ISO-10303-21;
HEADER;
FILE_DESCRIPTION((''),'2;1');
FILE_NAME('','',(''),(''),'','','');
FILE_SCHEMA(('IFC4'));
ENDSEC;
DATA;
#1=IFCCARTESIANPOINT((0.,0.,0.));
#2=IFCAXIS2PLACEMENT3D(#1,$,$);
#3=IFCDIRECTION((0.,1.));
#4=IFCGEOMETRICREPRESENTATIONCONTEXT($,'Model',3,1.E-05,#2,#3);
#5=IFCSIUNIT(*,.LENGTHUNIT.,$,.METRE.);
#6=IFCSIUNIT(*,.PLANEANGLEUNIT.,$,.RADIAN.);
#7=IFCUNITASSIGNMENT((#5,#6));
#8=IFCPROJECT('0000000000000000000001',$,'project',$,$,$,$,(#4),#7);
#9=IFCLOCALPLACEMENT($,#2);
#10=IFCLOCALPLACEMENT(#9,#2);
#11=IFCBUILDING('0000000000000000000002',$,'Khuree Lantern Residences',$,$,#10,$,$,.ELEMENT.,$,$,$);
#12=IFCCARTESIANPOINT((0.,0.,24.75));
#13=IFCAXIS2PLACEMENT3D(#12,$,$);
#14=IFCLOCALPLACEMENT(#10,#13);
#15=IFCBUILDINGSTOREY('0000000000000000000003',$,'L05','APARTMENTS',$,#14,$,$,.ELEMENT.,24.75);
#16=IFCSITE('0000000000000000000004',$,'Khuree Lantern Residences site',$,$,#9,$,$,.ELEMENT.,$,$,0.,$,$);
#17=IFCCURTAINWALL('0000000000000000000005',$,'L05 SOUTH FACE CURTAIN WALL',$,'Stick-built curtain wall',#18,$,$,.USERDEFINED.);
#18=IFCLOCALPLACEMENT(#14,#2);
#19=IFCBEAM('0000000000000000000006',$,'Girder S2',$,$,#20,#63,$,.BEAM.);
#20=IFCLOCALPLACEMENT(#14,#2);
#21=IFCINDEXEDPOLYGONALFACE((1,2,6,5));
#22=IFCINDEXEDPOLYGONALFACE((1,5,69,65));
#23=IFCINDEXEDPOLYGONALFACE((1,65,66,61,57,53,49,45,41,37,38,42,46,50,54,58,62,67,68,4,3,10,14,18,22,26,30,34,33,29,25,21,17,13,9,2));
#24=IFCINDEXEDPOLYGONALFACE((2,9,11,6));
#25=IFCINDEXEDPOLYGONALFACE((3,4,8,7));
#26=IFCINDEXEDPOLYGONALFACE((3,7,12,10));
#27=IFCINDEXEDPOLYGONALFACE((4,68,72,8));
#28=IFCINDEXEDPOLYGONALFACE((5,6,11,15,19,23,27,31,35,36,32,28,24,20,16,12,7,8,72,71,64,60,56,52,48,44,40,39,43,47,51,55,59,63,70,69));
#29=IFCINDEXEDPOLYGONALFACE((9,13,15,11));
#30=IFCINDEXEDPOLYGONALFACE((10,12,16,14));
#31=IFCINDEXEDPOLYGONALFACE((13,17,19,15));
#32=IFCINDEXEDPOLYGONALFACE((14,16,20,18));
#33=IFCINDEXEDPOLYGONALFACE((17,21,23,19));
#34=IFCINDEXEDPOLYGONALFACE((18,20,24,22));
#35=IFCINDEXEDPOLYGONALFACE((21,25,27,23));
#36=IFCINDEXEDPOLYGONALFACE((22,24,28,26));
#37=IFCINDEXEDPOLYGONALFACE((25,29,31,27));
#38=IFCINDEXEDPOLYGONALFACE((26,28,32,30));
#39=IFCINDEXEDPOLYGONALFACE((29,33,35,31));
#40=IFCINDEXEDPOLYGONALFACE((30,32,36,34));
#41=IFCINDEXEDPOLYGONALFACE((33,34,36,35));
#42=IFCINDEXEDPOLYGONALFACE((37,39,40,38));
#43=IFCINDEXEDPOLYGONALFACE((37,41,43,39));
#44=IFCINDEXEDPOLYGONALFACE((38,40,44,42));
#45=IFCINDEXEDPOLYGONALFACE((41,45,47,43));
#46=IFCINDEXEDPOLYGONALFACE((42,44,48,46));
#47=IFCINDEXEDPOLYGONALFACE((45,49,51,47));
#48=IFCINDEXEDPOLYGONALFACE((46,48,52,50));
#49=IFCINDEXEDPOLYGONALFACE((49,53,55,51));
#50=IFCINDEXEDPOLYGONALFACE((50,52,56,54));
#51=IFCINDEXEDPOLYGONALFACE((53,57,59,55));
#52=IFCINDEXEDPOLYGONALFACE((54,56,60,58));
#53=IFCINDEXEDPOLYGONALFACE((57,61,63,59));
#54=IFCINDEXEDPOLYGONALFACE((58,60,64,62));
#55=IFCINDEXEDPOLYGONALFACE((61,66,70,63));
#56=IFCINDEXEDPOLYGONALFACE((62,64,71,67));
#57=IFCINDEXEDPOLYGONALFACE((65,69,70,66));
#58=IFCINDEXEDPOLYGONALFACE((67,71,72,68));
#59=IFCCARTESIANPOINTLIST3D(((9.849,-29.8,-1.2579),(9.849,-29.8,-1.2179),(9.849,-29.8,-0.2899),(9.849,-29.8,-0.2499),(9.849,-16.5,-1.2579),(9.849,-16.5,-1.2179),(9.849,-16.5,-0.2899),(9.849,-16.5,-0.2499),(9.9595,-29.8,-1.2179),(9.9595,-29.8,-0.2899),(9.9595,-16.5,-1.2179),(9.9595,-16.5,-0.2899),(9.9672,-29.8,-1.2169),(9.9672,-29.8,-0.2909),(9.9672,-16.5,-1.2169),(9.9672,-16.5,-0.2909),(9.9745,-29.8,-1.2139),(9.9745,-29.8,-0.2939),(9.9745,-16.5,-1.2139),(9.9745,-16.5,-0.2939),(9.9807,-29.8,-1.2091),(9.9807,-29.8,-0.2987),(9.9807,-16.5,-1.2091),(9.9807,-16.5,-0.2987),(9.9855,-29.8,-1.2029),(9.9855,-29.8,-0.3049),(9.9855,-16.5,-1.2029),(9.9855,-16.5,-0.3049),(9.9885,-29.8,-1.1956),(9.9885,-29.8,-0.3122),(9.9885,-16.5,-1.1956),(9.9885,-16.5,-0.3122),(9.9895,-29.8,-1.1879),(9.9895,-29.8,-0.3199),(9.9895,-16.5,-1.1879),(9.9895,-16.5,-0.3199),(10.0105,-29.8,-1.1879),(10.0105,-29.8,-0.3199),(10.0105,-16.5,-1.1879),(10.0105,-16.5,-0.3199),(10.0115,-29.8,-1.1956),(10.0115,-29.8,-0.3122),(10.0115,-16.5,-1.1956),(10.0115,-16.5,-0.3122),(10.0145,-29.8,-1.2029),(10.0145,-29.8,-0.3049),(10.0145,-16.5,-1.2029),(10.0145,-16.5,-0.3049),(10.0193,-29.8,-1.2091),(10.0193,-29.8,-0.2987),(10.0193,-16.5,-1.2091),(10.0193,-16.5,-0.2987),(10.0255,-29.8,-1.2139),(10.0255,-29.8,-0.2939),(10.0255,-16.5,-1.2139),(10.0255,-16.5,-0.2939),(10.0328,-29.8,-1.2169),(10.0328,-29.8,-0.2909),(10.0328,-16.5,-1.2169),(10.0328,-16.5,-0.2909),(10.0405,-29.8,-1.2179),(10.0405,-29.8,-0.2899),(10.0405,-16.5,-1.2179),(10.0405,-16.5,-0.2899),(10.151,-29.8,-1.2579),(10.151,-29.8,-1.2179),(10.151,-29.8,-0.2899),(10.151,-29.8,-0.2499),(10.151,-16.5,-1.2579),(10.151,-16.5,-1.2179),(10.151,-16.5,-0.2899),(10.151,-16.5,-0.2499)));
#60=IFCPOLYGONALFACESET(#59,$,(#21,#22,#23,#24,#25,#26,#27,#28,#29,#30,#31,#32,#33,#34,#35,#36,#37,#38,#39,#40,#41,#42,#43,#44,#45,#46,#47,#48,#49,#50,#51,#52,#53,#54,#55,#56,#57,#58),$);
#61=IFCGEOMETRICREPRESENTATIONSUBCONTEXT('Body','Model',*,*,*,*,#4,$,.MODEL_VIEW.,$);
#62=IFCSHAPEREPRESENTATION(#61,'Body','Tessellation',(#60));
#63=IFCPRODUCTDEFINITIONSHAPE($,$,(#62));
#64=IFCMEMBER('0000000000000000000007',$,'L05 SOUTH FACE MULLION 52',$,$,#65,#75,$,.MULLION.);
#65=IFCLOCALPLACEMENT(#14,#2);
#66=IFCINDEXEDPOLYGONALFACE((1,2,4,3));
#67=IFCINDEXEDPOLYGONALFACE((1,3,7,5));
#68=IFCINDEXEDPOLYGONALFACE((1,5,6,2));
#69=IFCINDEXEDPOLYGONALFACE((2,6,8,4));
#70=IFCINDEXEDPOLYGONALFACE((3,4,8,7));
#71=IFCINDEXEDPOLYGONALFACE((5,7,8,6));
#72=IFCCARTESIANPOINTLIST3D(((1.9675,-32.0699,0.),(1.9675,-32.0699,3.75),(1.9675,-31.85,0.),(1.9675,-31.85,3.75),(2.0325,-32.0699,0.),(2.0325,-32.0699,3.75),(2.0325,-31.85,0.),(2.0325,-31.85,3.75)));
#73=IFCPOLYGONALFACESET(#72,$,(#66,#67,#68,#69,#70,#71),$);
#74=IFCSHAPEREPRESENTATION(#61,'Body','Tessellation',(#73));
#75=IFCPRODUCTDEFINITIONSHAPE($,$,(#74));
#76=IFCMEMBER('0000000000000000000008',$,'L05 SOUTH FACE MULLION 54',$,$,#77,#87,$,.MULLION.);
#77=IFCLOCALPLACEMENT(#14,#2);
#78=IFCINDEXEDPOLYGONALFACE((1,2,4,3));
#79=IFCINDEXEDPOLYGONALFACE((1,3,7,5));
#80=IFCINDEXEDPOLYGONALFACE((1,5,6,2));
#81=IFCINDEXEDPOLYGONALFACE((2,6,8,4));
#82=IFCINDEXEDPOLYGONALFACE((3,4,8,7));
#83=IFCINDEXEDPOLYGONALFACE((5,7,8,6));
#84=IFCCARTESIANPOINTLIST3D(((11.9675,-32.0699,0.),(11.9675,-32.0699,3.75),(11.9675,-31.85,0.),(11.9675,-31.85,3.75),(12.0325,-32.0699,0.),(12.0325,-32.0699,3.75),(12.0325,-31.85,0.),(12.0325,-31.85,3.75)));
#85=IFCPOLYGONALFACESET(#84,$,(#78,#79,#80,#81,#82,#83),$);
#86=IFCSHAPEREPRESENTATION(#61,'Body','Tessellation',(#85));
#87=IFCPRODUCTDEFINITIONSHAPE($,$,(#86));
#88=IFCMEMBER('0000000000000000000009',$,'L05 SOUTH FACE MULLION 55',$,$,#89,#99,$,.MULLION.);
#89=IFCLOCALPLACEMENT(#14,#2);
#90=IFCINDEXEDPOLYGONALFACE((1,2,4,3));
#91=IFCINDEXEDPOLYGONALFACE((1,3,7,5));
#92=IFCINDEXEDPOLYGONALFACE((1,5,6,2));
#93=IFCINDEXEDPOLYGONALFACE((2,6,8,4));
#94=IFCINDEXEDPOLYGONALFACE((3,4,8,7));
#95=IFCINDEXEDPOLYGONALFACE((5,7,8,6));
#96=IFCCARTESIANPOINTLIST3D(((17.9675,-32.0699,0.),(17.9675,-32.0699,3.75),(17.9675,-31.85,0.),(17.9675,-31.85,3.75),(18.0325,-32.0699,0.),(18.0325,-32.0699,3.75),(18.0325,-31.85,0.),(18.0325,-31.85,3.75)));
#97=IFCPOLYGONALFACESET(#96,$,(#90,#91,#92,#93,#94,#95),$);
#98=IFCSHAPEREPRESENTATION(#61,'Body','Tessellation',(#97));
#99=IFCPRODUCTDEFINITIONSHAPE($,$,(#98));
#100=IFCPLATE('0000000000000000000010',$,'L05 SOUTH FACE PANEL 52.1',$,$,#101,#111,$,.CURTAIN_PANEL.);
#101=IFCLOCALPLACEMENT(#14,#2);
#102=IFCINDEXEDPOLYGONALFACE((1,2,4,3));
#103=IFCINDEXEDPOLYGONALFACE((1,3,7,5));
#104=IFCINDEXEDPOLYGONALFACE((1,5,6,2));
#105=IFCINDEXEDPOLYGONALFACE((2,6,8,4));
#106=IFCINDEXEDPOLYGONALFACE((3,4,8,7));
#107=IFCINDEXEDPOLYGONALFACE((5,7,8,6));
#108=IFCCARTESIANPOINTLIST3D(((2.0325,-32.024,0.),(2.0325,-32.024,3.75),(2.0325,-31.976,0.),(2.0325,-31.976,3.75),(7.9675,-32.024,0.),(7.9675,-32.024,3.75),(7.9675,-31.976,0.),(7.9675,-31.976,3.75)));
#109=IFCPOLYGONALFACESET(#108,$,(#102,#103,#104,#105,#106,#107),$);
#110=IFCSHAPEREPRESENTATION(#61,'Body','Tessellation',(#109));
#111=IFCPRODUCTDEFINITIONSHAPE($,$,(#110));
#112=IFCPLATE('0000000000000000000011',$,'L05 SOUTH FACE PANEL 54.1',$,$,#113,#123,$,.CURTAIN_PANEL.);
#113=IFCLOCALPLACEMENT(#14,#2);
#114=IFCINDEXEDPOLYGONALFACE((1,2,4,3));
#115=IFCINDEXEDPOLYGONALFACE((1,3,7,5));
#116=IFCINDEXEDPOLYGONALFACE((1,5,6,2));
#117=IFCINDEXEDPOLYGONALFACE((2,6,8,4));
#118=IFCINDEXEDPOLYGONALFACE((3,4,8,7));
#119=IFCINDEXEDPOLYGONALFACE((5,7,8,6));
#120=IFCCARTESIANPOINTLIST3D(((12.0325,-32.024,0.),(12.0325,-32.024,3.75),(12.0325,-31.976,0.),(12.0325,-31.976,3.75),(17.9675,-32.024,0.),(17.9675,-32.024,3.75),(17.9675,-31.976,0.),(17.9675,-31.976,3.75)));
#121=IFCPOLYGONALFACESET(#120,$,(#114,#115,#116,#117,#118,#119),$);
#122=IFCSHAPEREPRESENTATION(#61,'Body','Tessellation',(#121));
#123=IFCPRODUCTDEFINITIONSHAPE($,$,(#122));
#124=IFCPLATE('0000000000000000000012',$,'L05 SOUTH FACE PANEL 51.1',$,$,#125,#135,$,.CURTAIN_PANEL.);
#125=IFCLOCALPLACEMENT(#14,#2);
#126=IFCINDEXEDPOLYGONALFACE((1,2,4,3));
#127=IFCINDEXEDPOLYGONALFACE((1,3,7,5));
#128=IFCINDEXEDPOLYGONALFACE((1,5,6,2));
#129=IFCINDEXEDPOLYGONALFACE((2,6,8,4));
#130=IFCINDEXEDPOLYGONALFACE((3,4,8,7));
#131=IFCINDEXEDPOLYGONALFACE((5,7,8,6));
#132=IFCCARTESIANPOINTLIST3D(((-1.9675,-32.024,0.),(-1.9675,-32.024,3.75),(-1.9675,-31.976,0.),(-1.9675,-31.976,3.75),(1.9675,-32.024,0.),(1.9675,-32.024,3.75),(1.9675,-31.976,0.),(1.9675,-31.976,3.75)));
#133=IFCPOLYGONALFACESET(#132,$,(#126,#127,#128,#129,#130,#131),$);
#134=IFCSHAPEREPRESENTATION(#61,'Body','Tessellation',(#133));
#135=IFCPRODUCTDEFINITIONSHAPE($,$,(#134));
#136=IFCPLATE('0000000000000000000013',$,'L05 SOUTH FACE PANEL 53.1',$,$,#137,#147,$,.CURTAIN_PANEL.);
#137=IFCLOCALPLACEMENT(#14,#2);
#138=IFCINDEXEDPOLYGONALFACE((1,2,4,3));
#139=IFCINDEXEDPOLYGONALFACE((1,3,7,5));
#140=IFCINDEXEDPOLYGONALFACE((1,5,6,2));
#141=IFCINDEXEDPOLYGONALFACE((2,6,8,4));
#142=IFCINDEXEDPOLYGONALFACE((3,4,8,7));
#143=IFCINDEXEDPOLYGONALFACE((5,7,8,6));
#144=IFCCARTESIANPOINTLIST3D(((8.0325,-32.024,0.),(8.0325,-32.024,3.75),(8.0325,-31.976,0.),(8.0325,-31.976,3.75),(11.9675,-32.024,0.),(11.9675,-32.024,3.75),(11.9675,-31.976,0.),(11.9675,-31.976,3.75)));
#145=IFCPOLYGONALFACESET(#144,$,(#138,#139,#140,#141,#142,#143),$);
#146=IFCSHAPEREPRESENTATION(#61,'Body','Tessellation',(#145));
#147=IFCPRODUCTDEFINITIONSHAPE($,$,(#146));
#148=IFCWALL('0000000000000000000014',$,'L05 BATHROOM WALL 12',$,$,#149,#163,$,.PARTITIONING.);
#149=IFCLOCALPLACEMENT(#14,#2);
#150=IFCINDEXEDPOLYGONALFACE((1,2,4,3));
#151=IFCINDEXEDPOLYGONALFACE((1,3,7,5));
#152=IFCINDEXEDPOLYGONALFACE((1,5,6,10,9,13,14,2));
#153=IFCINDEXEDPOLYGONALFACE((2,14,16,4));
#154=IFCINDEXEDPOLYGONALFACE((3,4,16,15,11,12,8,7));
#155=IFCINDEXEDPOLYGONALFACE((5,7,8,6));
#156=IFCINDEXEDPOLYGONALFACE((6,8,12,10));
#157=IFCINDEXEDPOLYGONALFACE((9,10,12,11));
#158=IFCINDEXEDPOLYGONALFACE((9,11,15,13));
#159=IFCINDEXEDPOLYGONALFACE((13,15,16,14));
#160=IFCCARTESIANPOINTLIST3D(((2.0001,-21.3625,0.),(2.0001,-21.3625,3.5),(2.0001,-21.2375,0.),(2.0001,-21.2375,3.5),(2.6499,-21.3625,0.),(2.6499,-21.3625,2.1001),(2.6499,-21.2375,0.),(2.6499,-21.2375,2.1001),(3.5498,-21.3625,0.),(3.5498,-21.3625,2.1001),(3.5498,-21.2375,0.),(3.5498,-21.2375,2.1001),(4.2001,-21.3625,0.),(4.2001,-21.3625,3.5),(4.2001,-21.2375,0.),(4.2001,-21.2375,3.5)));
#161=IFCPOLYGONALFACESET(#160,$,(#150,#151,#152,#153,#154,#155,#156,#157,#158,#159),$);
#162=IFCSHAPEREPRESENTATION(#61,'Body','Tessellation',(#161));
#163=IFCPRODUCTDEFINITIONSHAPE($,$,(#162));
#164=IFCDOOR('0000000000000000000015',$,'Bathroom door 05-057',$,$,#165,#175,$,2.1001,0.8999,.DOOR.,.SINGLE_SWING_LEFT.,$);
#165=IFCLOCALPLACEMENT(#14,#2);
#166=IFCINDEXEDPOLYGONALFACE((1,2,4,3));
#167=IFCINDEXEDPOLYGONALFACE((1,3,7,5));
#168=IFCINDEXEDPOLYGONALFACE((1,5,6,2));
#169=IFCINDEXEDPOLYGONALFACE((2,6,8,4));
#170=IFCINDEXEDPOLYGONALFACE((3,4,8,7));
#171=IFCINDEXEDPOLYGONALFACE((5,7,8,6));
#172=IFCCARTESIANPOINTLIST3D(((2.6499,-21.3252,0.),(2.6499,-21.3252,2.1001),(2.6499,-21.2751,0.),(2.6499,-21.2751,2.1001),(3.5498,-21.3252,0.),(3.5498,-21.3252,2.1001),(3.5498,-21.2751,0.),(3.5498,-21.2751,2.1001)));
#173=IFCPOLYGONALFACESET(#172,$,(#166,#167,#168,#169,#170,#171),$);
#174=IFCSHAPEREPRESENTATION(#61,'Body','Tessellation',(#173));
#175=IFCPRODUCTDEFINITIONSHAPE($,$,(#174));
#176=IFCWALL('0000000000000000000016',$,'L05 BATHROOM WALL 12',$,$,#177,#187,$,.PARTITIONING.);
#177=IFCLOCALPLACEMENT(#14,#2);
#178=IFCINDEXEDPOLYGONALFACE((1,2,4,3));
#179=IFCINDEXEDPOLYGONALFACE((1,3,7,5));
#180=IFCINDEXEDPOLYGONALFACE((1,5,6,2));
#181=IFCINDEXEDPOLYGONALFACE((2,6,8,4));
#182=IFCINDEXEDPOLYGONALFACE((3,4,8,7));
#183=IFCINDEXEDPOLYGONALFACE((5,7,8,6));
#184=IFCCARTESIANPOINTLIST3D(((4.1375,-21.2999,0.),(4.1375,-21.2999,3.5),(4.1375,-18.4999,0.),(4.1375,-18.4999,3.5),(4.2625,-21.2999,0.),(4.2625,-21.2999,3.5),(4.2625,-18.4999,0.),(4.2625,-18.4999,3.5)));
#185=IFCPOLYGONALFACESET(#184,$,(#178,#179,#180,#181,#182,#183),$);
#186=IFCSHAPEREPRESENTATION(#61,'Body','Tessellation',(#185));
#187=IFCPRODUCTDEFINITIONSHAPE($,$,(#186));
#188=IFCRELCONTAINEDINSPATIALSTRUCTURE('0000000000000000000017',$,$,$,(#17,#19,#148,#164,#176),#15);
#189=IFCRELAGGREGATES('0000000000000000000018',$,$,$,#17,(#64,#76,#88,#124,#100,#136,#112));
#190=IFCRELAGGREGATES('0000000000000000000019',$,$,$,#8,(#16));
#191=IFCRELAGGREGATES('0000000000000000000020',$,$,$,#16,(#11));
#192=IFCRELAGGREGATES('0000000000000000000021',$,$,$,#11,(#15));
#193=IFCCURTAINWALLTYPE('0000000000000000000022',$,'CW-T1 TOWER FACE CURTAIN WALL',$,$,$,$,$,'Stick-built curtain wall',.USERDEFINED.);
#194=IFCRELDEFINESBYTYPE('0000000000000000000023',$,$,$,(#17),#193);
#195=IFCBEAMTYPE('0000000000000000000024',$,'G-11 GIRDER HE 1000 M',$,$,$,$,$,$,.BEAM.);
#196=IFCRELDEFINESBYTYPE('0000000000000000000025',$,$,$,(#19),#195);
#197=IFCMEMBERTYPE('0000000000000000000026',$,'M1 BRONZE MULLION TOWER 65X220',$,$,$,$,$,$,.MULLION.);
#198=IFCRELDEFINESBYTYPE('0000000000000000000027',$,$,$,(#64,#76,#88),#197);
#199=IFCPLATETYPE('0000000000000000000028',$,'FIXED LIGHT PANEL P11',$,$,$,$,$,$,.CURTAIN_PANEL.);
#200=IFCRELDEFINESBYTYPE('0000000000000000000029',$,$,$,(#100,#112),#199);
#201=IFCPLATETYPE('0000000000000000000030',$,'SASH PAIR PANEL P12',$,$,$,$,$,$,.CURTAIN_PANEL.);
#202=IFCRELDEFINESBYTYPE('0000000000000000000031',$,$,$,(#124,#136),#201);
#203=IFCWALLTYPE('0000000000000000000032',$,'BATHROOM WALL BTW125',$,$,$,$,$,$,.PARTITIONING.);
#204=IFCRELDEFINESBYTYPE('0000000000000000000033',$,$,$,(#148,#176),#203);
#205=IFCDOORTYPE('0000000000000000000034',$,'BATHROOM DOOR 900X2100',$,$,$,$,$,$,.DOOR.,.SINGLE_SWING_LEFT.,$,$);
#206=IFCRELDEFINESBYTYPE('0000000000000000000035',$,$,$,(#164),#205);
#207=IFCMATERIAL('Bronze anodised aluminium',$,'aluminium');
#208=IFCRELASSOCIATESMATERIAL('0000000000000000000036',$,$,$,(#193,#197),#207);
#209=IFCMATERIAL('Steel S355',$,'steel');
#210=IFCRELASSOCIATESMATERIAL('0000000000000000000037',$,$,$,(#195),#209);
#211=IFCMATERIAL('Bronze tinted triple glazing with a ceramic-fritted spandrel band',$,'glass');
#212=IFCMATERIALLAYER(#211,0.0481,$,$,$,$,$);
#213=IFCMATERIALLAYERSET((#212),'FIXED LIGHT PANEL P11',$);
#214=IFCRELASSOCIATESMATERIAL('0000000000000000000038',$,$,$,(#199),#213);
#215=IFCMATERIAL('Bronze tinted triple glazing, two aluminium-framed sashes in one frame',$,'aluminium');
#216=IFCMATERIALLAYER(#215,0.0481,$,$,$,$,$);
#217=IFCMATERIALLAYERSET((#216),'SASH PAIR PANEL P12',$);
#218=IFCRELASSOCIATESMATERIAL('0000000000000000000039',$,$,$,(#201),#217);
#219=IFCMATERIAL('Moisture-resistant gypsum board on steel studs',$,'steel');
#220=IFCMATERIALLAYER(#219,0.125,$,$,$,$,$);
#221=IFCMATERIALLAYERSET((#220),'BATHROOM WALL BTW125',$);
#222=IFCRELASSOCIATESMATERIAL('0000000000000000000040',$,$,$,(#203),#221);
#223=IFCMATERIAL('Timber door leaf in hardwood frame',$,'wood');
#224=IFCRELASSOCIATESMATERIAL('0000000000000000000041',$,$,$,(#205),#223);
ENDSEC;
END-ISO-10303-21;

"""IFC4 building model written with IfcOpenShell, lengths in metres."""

from ifc_helpers import new_model, si_unit, direction, frame, frame_2d, origin, origin_2d, place, context, subcontext, project, spatial, rectangle, i_section, extrude, material, layer, layer_set, material_profile, profile_set, type_object, element, fill, aggregate, save


model = new_model("IFC4")

# Units and contexts
model_context = context("Model", 3, precision=1e-05, world=origin(), true_north=direction((0.0, 1.0)))
body_context = subcontext(model_context, "Body", "Model", "MODEL_VIEW")
ifc_project = project(units=[si_unit("LENGTHUNIT", "METRE"), si_unit("PLANEANGLEUNIT", "RADIAN")], contexts=[model_context])

# Site, building, storey
site_placement = place(None, origin())
site = spatial("IfcSite", under=ifc_project, at=site_placement, Name="Khuree Lantern Residences site", CompositionType="ELEMENT", RefElevation=0.0)
building_placement = place(site_placement, origin())
building = spatial("IfcBuilding", under=site, at=building_placement, Name="Khuree Lantern Residences", CompositionType="ELEMENT")
storey_placement = place(building_placement, frame((0.0, 0.0, 24.75)))
storey = spatial("IfcBuildingStorey", under=building, at=storey_placement, Name="L05", Description="APARTMENTS", CompositionType="ELEMENT", Elevation=24.75)

# Shared definitions
ifc_material_1 = material(Name="Steel S355", Category="steel")

# Curtain wall
ifc_material_2 = material(Name="Bronze anodised aluminium", Category="aluminium")
curtain_wall_type = type_object("IfcCurtainWallType", Name="CW-T1 TOWER FACE CURTAIN WALL", ElementType="Stick-built curtain wall", PredefinedType="USERDEFINED", material=ifc_material_2)
curtain_wall_placement = place(storey_placement, origin())
curtain_wall = element("IfcCurtainWall", 1, at=curtain_wall_placement, inside=storey, type_object=curtain_wall_type, Name="L05 SOUTH FACE CURTAIN WALL", ObjectType="Stick-built curtain wall", PredefinedType="USERDEFINED")

# Beam
ifc_material_profile_1 = material_profile(ifc_material_1, i_section(OverallWidth=0.302, OverallDepth=1.0081, WebThickness=0.021, FlangeThickness=0.04, FilletRadius=0.03, at=origin_2d()), Name="HE 1000 M")
ifc_profile_set_1 = profile_set([ifc_material_profile_1], Name="Steel S355")
beam_type_1 = type_object("IfcBeamType", Name="G-11 GIRDER HE 1000 M", PredefinedType="BEAM", material=ifc_profile_set_1)
beam_1_placement = place(storey_placement, frame((10.0, -29.8, -0.7539), z_axis=(0.0, 1.0, 0.0), x_axis=(-1.0, 0.0, 0.0)))
element("IfcBeam", 2, at=beam_1_placement, inside=storey, type_object=beam_type_1, Name="Girder S2", PredefinedType="BEAM", context=body_context, shape_type="SweptSolid", body=[
    extrude(i_section(OverallWidth=0.302, OverallDepth=1.0081, WebThickness=0.021, FlangeThickness=0.04, FilletRadius=0.03, at=origin_2d()), origin(), (0.0, 0.0, 1.0), 13.3),
])

# Members
ifc_material_profile_2 = material_profile(ifc_material_2, rectangle(XDim=0.0649, YDim=0.22, at=origin_2d()), Name="M1 65X220")
ifc_profile_set_2 = profile_set([ifc_material_profile_2], Name="Bronze anodised aluminium")
member_type_1 = type_object("IfcMemberType", Name="M1 BRONZE MULLION TOWER 65X220", PredefinedType="MULLION", material=ifc_profile_set_2)
member_1_placement = place(storey_placement, frame((2.0, -31.96, 0.0), z_axis=(0.0, 0.0, 1.0), x_axis=(1.0, 0.0, 0.0)))
member_1 = element("IfcMember", 3, at=member_1_placement, type_object=member_type_1, Name="L05 SOUTH FACE MULLION 52", PredefinedType="MULLION", context=body_context, shape_type="SweptSolid", body=[
    extrude(rectangle(XDim=0.0649, YDim=0.22, at=origin_2d()), origin(), (0.0, 0.0, 1.0), 3.75),
])
member_2_placement = place(storey_placement, frame((12.0, -31.96, 0.0), z_axis=(0.0, 0.0, 1.0), x_axis=(1.0, 0.0, 0.0)))
member_2 = element("IfcMember", 4, at=member_2_placement, type_object=member_type_1, Name="L05 SOUTH FACE MULLION 54", PredefinedType="MULLION", context=body_context, shape_type="SweptSolid", body=[
    extrude(rectangle(XDim=0.0649, YDim=0.22, at=origin_2d()), origin(), (0.0, 0.0, 1.0), 3.75),
])
member_3_placement = place(storey_placement, frame((18.0, -31.96, 0.0), z_axis=(0.0, 0.0, 1.0), x_axis=(1.0, 0.0, 0.0)))
member_3 = element("IfcMember", 5, at=member_3_placement, type_object=member_type_1, Name="L05 SOUTH FACE MULLION 55", PredefinedType="MULLION", context=body_context, shape_type="SweptSolid", body=[
    extrude(rectangle(XDim=0.0649, YDim=0.22, at=origin_2d()), origin(), (0.0, 0.0, 1.0), 3.75),
])

# Plates
ifc_material_3 = material(Name="Bronze tinted triple glazing with a ceramic-fritted spandrel band", Category="glass")
ifc_layer_1 = layer(ifc_material_3, 0.0481)
ifc_layer_set_1 = layer_set([ifc_layer_1], Name="FIXED LIGHT PANEL P11")
plate_type_1 = type_object("IfcPlateType", Name="FIXED LIGHT PANEL P11", PredefinedType="CURTAIN_PANEL", material=ifc_layer_set_1)
plate_1_placement = place(storey_placement, frame((5.0, -32.0, 0.0), z_axis=(0.0, 0.0, 1.0), x_axis=(1.0, 0.0, 0.0)))
plate_1 = element("IfcPlate", 6, at=plate_1_placement, type_object=plate_type_1, Name="L05 SOUTH FACE PANEL 52.1", PredefinedType="CURTAIN_PANEL", context=body_context, shape_type="SweptSolid", body=[
    extrude(rectangle(XDim=5.9351, YDim=0.0481, at=origin_2d()), origin(), (0.0, 0.0, 1.0), 3.75),
])
plate_2_placement = place(storey_placement, frame((15.0, -32.0, 0.0), z_axis=(0.0, 0.0, 1.0), x_axis=(1.0, 0.0, 0.0)))
plate_2 = element("IfcPlate", 7, at=plate_2_placement, type_object=plate_type_1, Name="L05 SOUTH FACE PANEL 54.1", PredefinedType="CURTAIN_PANEL", context=body_context, shape_type="SweptSolid", body=[
    extrude(rectangle(XDim=5.9351, YDim=0.0481, at=origin_2d()), origin(), (0.0, 0.0, 1.0), 3.75),
])
ifc_material_4 = material(Name="Bronze tinted triple glazing, two aluminium-framed sashes in one frame", Category="aluminium")
ifc_layer_2 = layer(ifc_material_4, 0.0481)
ifc_layer_set_2 = layer_set([ifc_layer_2], Name="SASH PAIR PANEL P12")
plate_type_2 = type_object("IfcPlateType", Name="SASH PAIR PANEL P12", PredefinedType="CURTAIN_PANEL", material=ifc_layer_set_2)
plate_3_placement = place(storey_placement, frame((0.0, -32.0, 0.0), z_axis=(0.0, 0.0, 1.0), x_axis=(1.0, 0.0, 0.0)))
plate_3 = element("IfcPlate", 8, at=plate_3_placement, type_object=plate_type_2, Name="L05 SOUTH FACE PANEL 51.1", PredefinedType="CURTAIN_PANEL", context=body_context, shape_type="SweptSolid", body=[
    extrude(rectangle(XDim=3.9351, YDim=0.0481, at=origin_2d()), origin(), (0.0, 0.0, 1.0), 3.75),
])
plate_4_placement = place(storey_placement, frame((10.0, -32.0, 0.0), z_axis=(0.0, 0.0, 1.0), x_axis=(1.0, 0.0, 0.0)))
plate_4 = element("IfcPlate", 9, at=plate_4_placement, type_object=plate_type_2, Name="L05 SOUTH FACE PANEL 53.1", PredefinedType="CURTAIN_PANEL", context=body_context, shape_type="SweptSolid", body=[
    extrude(rectangle(XDim=3.9351, YDim=0.0481, at=origin_2d()), origin(), (0.0, 0.0, 1.0), 3.75),
])
aggregate(curtain_wall, [member_1, member_2, member_3, plate_3, plate_1, plate_4, plate_2])

# Wall, opening, door
ifc_material_5 = material(Name="Moisture-resistant gypsum board on steel studs", Category="steel")
ifc_layer_3 = layer(ifc_material_5, 0.125)
ifc_layer_set_3 = layer_set([ifc_layer_3], Name="BATHROOM WALL BTW125")
wall_type_1 = type_object("IfcWallType", Name="BATHROOM WALL BTW125", PredefinedType="PARTITIONING", material=ifc_layer_set_3)
wall_1_placement = place(storey_placement, frame((2.0, -21.3, 0.0), z_axis=(0.0, 0.0, 1.0), x_axis=(1.0, 0.0, 0.0)))
wall_1 = element("IfcWall", 10, at=wall_1_placement, inside=storey, type_object=wall_type_1, Name="L05 BATHROOM WALL 12", PredefinedType="PARTITIONING", context=body_context, shape_type="SweptSolid", body=[
    extrude(rectangle(XDim=2.2, YDim=0.125, at=frame_2d((1.1001, 0.0))), origin(), (0.0, 0.0, 1.0), 3.5),
])
opening_1_placement = place(wall_1_placement, frame((0.6499, 0.0, 0.0)))
opening_1 = element("IfcOpeningElement", 11, at=opening_1_placement, cuts=wall_1, PredefinedType="OPENING", context=body_context, shape_type="SweptSolid", body=[
    extrude(rectangle(XDim=0.8999, YDim=2.1001, at=frame_2d((0.45, 1.05))), frame((0.0, 0.0725, 0.0), z_axis=(0.0, -1.0, 0.0), x_axis=(1.0, 0.0, 0.0)), (0.0, 0.0, 1.0), 0.145),
])
ifc_material_6 = material(Name="Timber door leaf in hardwood frame", Category="wood")
door_type_1 = type_object("IfcDoorType", Name="BATHROOM DOOR 900X2100", OperationType="SINGLE_SWING_LEFT", PredefinedType="DOOR", material=ifc_material_6)
door_1_placement = place(opening_1_placement, origin())
door_1 = element("IfcDoor", 12, at=door_1_placement, inside=storey, type_object=door_type_1, Name="Bathroom door 05-057", OperationType="SINGLE_SWING_LEFT", OverallHeight=2.1001, OverallWidth=0.8999, PredefinedType="DOOR", context=body_context, shape_type="SweptSolid", body=[
    extrude(rectangle(XDim=0.8999, YDim=2.1001, at=frame_2d((0.45, 1.05))), frame((0.0, 0.0249, 0.0), z_axis=(0.0, -1.0, 0.0), x_axis=(1.0, 0.0, 0.0)), (0.0, 0.0, 1.0), 0.05),
])
fill(opening_1, door_1)

# Wall
wall_2_placement = place(storey_placement, frame((4.2, -18.5, 0.0), z_axis=(0.0, 0.0, 1.0), x_axis=(0.0, -1.0, 0.0)))
element("IfcWall", 13, at=wall_2_placement, inside=storey, type_object=wall_type_1, Name="L05 BATHROOM WALL 12", PredefinedType="PARTITIONING", context=body_context, shape_type="SweptSolid", body=[
    extrude(rectangle(XDim=2.8, YDim=0.125, at=frame_2d((1.3999, 0.0))), origin(), (0.0, 0.0, 1.0), 3.5),
])

save(model, "model.ifc")
